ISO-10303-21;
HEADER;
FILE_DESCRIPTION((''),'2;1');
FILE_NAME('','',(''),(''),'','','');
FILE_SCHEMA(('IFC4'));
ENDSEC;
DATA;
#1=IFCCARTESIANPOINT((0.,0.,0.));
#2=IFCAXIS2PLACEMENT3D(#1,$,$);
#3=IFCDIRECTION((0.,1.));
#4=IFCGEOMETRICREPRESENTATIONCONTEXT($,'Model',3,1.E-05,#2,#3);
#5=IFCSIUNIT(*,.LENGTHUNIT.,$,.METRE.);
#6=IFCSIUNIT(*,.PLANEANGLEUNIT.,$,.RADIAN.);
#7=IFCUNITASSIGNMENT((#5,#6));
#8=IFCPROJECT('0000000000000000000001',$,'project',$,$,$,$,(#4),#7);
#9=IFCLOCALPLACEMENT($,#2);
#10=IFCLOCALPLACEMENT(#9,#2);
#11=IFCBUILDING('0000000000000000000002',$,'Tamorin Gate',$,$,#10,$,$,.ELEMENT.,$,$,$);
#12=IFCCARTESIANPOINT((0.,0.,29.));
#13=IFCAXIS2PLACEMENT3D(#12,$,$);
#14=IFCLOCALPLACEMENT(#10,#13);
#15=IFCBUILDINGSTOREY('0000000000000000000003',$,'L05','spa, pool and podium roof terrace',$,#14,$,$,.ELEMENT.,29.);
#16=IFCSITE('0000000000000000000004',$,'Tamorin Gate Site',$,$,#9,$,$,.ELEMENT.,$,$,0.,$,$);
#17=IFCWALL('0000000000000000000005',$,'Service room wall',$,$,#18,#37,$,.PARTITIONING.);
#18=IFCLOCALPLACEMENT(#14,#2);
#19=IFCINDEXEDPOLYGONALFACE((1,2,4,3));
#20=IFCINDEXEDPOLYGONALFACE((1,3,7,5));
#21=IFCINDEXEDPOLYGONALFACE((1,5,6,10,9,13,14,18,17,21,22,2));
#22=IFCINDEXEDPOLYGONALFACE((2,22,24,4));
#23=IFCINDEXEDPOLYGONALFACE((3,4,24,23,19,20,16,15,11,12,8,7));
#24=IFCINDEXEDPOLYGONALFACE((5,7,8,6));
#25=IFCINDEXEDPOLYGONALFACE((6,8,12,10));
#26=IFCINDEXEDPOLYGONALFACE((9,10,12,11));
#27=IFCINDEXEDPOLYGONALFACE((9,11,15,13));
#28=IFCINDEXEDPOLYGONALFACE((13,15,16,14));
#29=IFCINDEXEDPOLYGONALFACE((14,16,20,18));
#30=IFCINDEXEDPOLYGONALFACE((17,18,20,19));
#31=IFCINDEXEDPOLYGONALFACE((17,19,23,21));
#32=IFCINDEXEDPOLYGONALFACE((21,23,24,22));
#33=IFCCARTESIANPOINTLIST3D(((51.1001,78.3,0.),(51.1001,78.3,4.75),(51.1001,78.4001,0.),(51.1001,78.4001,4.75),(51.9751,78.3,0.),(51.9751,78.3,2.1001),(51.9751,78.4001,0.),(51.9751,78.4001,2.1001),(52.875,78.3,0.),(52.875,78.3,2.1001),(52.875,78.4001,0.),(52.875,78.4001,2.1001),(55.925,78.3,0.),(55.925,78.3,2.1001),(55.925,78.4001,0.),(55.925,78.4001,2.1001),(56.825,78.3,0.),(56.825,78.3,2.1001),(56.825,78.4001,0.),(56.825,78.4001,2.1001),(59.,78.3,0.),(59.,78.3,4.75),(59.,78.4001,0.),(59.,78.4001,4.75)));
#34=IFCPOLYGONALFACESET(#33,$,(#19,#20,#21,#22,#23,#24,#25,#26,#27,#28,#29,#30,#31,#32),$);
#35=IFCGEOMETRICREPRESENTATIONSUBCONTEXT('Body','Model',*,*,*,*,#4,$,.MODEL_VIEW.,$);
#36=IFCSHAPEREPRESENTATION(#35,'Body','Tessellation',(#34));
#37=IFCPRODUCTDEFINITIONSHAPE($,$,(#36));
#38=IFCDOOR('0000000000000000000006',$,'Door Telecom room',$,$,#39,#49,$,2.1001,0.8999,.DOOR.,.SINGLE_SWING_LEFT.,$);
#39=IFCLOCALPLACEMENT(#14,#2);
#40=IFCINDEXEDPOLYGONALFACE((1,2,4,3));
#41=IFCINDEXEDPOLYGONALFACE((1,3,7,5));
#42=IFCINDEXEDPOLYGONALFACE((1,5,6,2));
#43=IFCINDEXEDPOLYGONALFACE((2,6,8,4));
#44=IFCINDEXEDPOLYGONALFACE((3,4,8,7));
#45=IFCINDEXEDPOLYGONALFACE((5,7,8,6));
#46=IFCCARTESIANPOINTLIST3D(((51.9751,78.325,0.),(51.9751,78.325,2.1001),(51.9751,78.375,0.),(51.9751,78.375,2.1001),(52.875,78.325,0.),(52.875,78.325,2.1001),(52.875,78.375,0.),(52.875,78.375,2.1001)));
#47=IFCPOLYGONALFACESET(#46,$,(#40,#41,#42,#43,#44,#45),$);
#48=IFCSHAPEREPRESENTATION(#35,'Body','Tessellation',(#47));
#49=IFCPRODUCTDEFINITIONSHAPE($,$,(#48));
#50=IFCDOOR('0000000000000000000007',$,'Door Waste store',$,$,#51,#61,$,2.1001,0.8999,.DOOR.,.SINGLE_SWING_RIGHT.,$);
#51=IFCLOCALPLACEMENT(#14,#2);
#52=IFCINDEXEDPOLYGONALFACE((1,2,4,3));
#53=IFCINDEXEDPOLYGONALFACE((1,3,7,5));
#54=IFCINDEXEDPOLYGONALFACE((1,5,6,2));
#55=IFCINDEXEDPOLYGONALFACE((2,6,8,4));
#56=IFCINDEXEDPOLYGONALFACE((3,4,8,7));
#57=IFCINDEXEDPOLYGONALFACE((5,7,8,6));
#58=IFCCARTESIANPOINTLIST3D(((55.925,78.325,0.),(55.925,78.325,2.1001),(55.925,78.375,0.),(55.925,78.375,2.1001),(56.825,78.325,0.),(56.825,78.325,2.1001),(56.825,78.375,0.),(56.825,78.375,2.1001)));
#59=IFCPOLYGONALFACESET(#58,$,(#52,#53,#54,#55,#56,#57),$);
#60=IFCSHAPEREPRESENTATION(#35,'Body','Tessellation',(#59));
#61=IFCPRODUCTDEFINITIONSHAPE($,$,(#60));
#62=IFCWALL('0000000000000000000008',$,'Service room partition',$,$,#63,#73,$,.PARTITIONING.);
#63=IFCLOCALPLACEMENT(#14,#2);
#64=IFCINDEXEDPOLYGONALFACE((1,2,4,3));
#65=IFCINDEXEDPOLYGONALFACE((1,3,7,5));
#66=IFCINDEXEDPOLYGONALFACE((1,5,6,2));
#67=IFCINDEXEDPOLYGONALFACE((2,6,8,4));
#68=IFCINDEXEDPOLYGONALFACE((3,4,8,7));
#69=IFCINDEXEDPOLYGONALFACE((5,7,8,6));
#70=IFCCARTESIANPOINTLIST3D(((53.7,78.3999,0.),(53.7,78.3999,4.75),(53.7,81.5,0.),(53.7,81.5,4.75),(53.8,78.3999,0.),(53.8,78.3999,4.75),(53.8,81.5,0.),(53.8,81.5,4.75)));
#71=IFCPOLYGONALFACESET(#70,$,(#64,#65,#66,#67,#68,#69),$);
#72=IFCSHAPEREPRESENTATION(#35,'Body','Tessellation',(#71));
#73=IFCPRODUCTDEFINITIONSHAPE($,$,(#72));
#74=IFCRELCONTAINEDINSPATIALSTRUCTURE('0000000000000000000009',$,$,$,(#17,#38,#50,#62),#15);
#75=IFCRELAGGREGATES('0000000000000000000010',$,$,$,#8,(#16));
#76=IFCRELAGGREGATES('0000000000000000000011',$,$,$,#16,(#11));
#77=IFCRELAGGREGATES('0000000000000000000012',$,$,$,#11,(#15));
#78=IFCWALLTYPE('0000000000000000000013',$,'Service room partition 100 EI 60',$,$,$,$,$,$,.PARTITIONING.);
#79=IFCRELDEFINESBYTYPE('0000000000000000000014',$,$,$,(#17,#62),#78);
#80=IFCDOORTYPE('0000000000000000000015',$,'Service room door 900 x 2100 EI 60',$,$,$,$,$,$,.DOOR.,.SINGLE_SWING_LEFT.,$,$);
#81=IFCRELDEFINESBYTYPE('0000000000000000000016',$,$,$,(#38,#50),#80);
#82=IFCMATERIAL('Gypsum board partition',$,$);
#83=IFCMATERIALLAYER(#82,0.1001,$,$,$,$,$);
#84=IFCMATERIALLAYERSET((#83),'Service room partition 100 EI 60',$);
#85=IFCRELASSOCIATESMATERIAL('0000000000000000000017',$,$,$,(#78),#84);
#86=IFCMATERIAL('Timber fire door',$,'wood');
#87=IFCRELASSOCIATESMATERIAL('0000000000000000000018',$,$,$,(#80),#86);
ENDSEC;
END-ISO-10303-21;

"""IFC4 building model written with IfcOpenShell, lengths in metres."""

from ifc_helpers import new_model, si_unit, direction, frame, frame_2d, origin, place, context, subcontext, project, spatial, rectangle, extrude, material, layer, layer_set, type_object, element, fill, save


model = new_model("IFC4")

# Units and contexts
model_context = context("Model", 3, precision=1e-05, world=origin(), true_north=direction((0.0, 1.0)))
body_context = subcontext(model_context, "Body", "Model", "MODEL_VIEW")
ifc_project = project(units=[si_unit("LENGTHUNIT", "METRE"), si_unit("PLANEANGLEUNIT", "RADIAN")], contexts=[model_context])

# Site, building, storey
site_placement = place(None, origin())
site = spatial("IfcSite", under=ifc_project, at=site_placement, Name="Tamorin Gate Site", CompositionType="ELEMENT", RefElevation=0.0)
building_placement = place(site_placement, origin())
building = spatial("IfcBuilding", under=site, at=building_placement, Name="Tamorin Gate", CompositionType="ELEMENT")
storey_placement = place(building_placement, frame((0.0, 0.0, 29.0)))
storey = spatial("IfcBuildingStorey", under=building, at=storey_placement, Name="L05", Description="spa, pool and podium roof terrace", CompositionType="ELEMENT", Elevation=29.0)

# Wall, openings, doors
ifc_material_1 = material(Name="Gypsum board partition")
ifc_layer_1 = layer(ifc_material_1, 0.1001)
ifc_layer_set_1 = layer_set([ifc_layer_1], Name="Service room partition 100 EI 60")
wall_type_1 = type_object("IfcWallType", Name="Service room partition 100 EI 60", PredefinedType="PARTITIONING", material=ifc_layer_set_1)
wall_1_placement = place(storey_placement, frame((51.1001, 78.3501, 0.0), z_axis=(0.0, 0.0, 1.0), x_axis=(1.0, 0.0, 0.0)))
wall_1 = element("IfcWall", 1, at=wall_1_placement, inside=storey, type_object=wall_type_1, Name="Service room wall", PredefinedType="PARTITIONING", context=body_context, shape_type="SweptSolid", body=[
    extrude(rectangle(XDim=7.8999, YDim=0.1001, at=frame_2d((3.95, 0.0))), origin(), (0.0, 0.0, 1.0), 4.75),
])
opening_1_placement = place(wall_1_placement, frame((0.875, 0.0, 0.0)))
opening_1 = element("IfcOpeningElement", 2, at=opening_1_placement, cuts=wall_1, PredefinedType="OPENING", context=body_context, shape_type="SweptSolid", body=[
    extrude(rectangle(XDim=0.8999, YDim=2.1001, at=frame_2d((0.45, 1.05))), frame((0.0, 0.0601, 0.0), z_axis=(0.0, -1.0, 0.0), x_axis=(1.0, 0.0, 0.0)), (0.0, 0.0, 1.0), 0.1201),
])
opening_2_placement = place(wall_1_placement, frame((4.825, 0.0, 0.0)))
opening_2 = element("IfcOpeningElement", 3, at=opening_2_placement, cuts=wall_1, PredefinedType="OPENING", context=body_context, shape_type="SweptSolid", body=[
    extrude(rectangle(XDim=0.8999, YDim=2.1001, at=frame_2d((0.45, 1.05))), frame((0.0, 0.0601, 0.0), z_axis=(0.0, -1.0, 0.0), x_axis=(1.0, 0.0, 0.0)), (0.0, 0.0, 1.0), 0.1201),
])
ifc_material_2 = material(Name="Timber fire door", Category="wood")
door_type_1 = type_object("IfcDoorType", Name="Service room door 900 x 2100 EI 60", OperationType="SINGLE_SWING_LEFT", PredefinedType="DOOR", material=ifc_material_2)
door_1_placement = place(opening_1_placement, origin())
door_1 = element("IfcDoor", 4, at=door_1_placement, inside=storey, type_object=door_type_1, Name="Door Telecom room", OperationType="SINGLE_SWING_LEFT", OverallHeight=2.1001, OverallWidth=0.8999, PredefinedType="DOOR", context=body_context, shape_type="SweptSolid", body=[
    extrude(rectangle(XDim=0.8999, YDim=2.1001, at=frame_2d((0.45, 1.05))), frame((0.0, 0.0249, 0.0), z_axis=(0.0, -1.0, 0.0), x_axis=(1.0, 0.0, 0.0)), (0.0, 0.0, 1.0), 0.05),
])
fill(opening_1, door_1)
door_2_placement = place(opening_2_placement, origin())
door_2 = element("IfcDoor", 5, at=door_2_placement, inside=storey, type_object=door_type_1, Name="Door Waste store", OperationType="SINGLE_SWING_RIGHT", OverallHeight=2.1001, OverallWidth=0.8999, PredefinedType="DOOR", context=body_context, shape_type="SweptSolid", body=[
    extrude(rectangle(XDim=0.8999, YDim=2.1001, at=frame_2d((0.45, 1.05))), frame((0.0, 0.0249, 0.0), z_axis=(0.0, -1.0, 0.0), x_axis=(1.0, 0.0, 0.0)), (0.0, 0.0, 1.0), 0.05),
])
fill(opening_2, door_2)

# Wall
wall_2_placement = place(storey_placement, frame((53.75, 78.3999, 0.0), z_axis=(0.0, 0.0, 1.0), x_axis=(0.0, 1.0, 0.0)))
element("IfcWall", 6, at=wall_2_placement, inside=storey, type_object=wall_type_1, Name="Service room partition", PredefinedType="PARTITIONING", context=body_context, shape_type="SweptSolid", body=[
    extrude(rectangle(XDim=3.1001, YDim=0.1001, at=frame_2d((1.55, 0.0))), origin(), (0.0, 0.0, 1.0), 4.75),
])

save(model, "model.ifc")
